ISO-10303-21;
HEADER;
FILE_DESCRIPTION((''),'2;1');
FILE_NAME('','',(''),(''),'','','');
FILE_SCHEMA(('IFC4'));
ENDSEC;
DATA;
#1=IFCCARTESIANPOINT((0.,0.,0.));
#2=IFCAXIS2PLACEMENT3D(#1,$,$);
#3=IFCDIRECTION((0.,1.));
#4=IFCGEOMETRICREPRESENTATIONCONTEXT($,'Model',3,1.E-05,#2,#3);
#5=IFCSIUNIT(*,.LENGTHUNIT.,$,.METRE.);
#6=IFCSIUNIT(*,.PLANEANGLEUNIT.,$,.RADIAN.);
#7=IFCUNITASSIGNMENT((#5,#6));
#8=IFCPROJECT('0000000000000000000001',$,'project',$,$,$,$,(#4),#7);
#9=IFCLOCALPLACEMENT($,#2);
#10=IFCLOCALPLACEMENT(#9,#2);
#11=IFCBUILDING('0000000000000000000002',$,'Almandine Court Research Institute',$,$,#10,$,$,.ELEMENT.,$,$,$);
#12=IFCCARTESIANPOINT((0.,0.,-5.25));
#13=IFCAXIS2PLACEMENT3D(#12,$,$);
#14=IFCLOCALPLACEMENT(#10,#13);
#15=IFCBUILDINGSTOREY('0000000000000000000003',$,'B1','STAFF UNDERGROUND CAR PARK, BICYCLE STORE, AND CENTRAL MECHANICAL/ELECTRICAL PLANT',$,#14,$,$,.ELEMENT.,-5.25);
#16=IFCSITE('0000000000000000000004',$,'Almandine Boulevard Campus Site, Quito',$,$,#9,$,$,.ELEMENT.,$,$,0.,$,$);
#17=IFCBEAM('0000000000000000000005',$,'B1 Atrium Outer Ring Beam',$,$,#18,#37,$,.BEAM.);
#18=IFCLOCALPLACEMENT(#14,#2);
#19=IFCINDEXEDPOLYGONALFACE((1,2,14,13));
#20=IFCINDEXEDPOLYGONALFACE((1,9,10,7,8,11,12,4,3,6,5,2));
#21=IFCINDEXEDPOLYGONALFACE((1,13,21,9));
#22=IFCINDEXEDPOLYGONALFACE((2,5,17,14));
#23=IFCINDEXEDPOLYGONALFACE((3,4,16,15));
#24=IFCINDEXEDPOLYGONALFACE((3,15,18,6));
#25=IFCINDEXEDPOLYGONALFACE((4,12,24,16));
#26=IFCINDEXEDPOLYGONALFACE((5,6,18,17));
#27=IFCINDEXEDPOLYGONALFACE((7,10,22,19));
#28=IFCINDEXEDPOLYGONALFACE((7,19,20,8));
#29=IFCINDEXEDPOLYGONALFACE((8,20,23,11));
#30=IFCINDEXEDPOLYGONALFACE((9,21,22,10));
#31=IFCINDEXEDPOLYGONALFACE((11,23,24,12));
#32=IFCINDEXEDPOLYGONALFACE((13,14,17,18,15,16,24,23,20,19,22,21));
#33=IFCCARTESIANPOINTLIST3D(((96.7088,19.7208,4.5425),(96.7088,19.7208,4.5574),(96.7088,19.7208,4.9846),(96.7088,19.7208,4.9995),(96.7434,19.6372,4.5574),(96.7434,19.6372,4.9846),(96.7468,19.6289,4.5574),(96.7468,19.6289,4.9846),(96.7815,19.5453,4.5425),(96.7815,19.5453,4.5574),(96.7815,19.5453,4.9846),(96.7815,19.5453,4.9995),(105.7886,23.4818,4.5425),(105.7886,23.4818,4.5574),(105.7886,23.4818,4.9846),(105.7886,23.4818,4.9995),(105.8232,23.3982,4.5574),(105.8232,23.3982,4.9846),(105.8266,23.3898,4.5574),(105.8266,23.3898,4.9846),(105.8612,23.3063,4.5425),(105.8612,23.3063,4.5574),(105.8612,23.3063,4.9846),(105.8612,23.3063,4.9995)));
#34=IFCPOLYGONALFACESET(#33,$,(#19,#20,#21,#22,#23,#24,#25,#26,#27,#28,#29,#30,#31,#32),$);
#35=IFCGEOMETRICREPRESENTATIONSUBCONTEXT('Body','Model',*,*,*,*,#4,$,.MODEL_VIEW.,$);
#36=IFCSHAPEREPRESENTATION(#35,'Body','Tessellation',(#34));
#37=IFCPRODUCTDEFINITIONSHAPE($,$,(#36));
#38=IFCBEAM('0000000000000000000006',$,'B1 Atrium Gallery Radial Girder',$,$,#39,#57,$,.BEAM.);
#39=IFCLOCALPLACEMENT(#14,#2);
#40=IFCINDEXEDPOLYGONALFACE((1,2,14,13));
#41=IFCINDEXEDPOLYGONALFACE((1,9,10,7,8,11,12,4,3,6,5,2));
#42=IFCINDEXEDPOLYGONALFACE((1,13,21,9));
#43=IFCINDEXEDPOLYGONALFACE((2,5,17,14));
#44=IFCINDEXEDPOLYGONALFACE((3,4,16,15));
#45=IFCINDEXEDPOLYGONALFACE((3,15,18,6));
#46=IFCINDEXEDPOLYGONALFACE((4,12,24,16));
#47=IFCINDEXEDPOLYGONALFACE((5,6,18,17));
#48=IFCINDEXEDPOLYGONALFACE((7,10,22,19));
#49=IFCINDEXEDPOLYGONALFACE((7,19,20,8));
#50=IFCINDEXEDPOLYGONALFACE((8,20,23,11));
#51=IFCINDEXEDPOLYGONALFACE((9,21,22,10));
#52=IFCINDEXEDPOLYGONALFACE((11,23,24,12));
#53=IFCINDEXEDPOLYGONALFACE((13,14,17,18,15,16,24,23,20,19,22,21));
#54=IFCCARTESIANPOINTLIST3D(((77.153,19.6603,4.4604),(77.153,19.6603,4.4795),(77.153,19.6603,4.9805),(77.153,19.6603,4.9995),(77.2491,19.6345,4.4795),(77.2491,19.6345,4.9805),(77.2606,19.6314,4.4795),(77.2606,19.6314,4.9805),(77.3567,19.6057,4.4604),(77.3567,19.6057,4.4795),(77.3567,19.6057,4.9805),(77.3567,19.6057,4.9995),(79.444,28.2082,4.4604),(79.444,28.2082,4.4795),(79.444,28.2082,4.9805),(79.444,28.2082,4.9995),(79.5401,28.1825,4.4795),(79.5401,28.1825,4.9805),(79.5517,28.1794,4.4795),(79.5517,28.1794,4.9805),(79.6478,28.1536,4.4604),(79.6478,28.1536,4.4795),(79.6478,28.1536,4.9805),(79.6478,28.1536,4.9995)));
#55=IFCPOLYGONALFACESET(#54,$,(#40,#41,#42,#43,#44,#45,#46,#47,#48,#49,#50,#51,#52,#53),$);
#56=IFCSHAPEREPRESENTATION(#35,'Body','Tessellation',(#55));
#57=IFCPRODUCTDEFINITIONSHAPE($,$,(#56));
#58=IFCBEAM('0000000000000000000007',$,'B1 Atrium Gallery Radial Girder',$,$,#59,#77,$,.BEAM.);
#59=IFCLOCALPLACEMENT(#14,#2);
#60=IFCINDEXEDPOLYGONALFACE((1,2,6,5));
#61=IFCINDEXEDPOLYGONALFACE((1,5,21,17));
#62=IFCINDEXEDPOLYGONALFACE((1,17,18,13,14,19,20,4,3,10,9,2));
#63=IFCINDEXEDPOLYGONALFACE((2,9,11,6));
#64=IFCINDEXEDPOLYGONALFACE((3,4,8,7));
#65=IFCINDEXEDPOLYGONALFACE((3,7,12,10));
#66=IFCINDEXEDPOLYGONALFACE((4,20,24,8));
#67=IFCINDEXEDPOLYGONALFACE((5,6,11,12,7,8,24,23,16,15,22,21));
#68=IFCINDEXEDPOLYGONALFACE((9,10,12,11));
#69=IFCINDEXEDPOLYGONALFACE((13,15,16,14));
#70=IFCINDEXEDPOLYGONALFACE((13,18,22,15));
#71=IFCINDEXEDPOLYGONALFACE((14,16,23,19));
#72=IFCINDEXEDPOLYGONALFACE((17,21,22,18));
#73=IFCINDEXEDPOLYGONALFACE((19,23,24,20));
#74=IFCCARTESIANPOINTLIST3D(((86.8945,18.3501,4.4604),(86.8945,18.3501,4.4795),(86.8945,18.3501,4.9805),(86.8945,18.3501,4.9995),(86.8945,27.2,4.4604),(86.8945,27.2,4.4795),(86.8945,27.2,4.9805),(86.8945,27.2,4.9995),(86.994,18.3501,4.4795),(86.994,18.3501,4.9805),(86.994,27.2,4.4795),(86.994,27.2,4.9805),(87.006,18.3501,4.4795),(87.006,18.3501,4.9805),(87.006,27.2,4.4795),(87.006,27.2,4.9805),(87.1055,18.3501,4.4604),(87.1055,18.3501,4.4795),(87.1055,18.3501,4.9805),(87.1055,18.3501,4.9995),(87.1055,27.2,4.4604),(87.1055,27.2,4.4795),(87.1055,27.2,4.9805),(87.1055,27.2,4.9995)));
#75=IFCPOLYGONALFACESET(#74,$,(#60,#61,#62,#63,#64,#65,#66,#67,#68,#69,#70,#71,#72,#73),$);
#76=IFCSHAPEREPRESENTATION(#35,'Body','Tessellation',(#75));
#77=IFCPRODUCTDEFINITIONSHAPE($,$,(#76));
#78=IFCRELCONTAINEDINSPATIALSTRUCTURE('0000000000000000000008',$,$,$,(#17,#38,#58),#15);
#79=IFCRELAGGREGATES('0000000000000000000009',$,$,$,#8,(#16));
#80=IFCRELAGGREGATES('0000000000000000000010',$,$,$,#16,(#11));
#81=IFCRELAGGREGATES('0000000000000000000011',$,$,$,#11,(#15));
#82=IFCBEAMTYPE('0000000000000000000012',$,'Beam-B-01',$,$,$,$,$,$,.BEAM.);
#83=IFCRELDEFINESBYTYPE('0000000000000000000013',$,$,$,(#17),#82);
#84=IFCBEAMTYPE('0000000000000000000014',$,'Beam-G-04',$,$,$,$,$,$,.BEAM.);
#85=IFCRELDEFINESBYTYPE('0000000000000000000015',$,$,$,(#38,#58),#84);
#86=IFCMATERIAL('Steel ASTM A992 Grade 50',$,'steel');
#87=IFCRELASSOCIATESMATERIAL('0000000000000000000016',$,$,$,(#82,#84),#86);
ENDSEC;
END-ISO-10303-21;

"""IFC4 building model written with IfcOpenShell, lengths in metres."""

from ifc_helpers import new_model, si_unit, direction, frame, origin, origin_2d, place, context, subcontext, project, spatial, i_section, extrude, material, material_profile, profile_set, type_object, element, save


model = new_model("IFC4")

# Units and contexts
model_context = context("Model", 3, precision=1e-05, world=origin(), true_north=direction((0.0, 1.0)))
body_context = subcontext(model_context, "Body", "Model", "MODEL_VIEW")
ifc_project = project(units=[si_unit("LENGTHUNIT", "METRE"), si_unit("PLANEANGLEUNIT", "RADIAN")], contexts=[model_context])

# Site, building, storey
site_placement = place(None, origin())
site = spatial("IfcSite", under=ifc_project, at=site_placement, Name="Almandine Boulevard Campus Site, Quito", CompositionType="ELEMENT", RefElevation=0.0)
building_placement = place(site_placement, origin())
building = spatial("IfcBuilding", under=site, at=building_placement, Name="Almandine Court Research Institute", CompositionType="ELEMENT")
storey_placement = place(building_placement, frame((0.0, 0.0, -5.25)))
storey = spatial("IfcBuildingStorey", under=building, at=storey_placement, Name="B1", Description="STAFF UNDERGROUND CAR PARK, BICYCLE STORE, AND CENTRAL MECHANICAL/ELECTRICAL PLANT", CompositionType="ELEMENT", Elevation=-5.25)

# Beams
ifc_material_1 = material(Name="Steel ASTM A992 Grade 50", Category="steel")
ifc_material_profile_1 = material_profile(ifc_material_1, i_section(OverallWidth=0.1899, OverallDepth=0.457, WebThickness=0.009, FlangeThickness=0.0149, at=origin_2d()), Name="W460x74")
ifc_profile_set_1 = profile_set([ifc_material_profile_1], Name="Steel ASTM A992 Grade 50")
beam_type_1 = type_object("IfcBeamType", Name="Beam-B-01", PredefinedType="BEAM", material=ifc_profile_set_1)
beam_1_placement = place(storey_placement, frame((96.7451, 19.6331, 4.771), z_axis=(0.92388, 0.382683, 0.0), x_axis=(-0.382683, 0.92388, 0.0)))
element("IfcBeam", 1, at=beam_1_placement, inside=storey, type_object=beam_type_1, Name="B1 Atrium Outer Ring Beam", PredefinedType="BEAM", context=body_context, shape_type="SweptSolid", body=[
    extrude(i_section(OverallWidth=0.1899, OverallDepth=0.457, WebThickness=0.009, FlangeThickness=0.0149, at=origin_2d()), origin(), (0.0, 0.0, 1.0), 9.8279),
])
ifc_material_profile_2 = material_profile(ifc_material_1, i_section(OverallWidth=0.2109, OverallDepth=0.5391, WebThickness=0.012, FlangeThickness=0.019, at=origin_2d()), Name="W530x109")
ifc_profile_set_2 = profile_set([ifc_material_profile_2], Name="Steel ASTM A992 Grade 50")
beam_type_2 = type_object("IfcBeamType", Name="Beam-G-04", PredefinedType="BEAM", material=ifc_profile_set_2)
beam_2_placement = place(storey_placement, frame((79.5459, 28.1809, 4.73), z_axis=(-0.258885, -0.965908, 0.0), x_axis=(0.965908, -0.258885, 0.0)))
element("IfcBeam", 2, at=beam_2_placement, inside=storey, type_object=beam_type_2, Name="B1 Atrium Gallery Radial Girder", PredefinedType="BEAM", context=body_context, shape_type="SweptSolid", body=[
    extrude(i_section(OverallWidth=0.2109, OverallDepth=0.5391, WebThickness=0.012, FlangeThickness=0.019, at=origin_2d()), origin(), (0.0, 0.0, 1.0), 8.8496),
])
beam_3_placement = place(storey_placement, frame((87.0, 27.2, 4.73), z_axis=(0.0, -1.0, 0.0), x_axis=(1.0, 0.0, 0.0)))
element("IfcBeam", 3, at=beam_3_placement, inside=storey, type_object=beam_type_2, Name="B1 Atrium Gallery Radial Girder", PredefinedType="BEAM", context=body_context, shape_type="SweptSolid", body=[
    extrude(i_section(OverallWidth=0.2109, OverallDepth=0.5391, WebThickness=0.012, FlangeThickness=0.019, at=origin_2d()), origin(), (0.0, 0.0, 1.0), 8.8499),
])

save(model, "model.ifc")
